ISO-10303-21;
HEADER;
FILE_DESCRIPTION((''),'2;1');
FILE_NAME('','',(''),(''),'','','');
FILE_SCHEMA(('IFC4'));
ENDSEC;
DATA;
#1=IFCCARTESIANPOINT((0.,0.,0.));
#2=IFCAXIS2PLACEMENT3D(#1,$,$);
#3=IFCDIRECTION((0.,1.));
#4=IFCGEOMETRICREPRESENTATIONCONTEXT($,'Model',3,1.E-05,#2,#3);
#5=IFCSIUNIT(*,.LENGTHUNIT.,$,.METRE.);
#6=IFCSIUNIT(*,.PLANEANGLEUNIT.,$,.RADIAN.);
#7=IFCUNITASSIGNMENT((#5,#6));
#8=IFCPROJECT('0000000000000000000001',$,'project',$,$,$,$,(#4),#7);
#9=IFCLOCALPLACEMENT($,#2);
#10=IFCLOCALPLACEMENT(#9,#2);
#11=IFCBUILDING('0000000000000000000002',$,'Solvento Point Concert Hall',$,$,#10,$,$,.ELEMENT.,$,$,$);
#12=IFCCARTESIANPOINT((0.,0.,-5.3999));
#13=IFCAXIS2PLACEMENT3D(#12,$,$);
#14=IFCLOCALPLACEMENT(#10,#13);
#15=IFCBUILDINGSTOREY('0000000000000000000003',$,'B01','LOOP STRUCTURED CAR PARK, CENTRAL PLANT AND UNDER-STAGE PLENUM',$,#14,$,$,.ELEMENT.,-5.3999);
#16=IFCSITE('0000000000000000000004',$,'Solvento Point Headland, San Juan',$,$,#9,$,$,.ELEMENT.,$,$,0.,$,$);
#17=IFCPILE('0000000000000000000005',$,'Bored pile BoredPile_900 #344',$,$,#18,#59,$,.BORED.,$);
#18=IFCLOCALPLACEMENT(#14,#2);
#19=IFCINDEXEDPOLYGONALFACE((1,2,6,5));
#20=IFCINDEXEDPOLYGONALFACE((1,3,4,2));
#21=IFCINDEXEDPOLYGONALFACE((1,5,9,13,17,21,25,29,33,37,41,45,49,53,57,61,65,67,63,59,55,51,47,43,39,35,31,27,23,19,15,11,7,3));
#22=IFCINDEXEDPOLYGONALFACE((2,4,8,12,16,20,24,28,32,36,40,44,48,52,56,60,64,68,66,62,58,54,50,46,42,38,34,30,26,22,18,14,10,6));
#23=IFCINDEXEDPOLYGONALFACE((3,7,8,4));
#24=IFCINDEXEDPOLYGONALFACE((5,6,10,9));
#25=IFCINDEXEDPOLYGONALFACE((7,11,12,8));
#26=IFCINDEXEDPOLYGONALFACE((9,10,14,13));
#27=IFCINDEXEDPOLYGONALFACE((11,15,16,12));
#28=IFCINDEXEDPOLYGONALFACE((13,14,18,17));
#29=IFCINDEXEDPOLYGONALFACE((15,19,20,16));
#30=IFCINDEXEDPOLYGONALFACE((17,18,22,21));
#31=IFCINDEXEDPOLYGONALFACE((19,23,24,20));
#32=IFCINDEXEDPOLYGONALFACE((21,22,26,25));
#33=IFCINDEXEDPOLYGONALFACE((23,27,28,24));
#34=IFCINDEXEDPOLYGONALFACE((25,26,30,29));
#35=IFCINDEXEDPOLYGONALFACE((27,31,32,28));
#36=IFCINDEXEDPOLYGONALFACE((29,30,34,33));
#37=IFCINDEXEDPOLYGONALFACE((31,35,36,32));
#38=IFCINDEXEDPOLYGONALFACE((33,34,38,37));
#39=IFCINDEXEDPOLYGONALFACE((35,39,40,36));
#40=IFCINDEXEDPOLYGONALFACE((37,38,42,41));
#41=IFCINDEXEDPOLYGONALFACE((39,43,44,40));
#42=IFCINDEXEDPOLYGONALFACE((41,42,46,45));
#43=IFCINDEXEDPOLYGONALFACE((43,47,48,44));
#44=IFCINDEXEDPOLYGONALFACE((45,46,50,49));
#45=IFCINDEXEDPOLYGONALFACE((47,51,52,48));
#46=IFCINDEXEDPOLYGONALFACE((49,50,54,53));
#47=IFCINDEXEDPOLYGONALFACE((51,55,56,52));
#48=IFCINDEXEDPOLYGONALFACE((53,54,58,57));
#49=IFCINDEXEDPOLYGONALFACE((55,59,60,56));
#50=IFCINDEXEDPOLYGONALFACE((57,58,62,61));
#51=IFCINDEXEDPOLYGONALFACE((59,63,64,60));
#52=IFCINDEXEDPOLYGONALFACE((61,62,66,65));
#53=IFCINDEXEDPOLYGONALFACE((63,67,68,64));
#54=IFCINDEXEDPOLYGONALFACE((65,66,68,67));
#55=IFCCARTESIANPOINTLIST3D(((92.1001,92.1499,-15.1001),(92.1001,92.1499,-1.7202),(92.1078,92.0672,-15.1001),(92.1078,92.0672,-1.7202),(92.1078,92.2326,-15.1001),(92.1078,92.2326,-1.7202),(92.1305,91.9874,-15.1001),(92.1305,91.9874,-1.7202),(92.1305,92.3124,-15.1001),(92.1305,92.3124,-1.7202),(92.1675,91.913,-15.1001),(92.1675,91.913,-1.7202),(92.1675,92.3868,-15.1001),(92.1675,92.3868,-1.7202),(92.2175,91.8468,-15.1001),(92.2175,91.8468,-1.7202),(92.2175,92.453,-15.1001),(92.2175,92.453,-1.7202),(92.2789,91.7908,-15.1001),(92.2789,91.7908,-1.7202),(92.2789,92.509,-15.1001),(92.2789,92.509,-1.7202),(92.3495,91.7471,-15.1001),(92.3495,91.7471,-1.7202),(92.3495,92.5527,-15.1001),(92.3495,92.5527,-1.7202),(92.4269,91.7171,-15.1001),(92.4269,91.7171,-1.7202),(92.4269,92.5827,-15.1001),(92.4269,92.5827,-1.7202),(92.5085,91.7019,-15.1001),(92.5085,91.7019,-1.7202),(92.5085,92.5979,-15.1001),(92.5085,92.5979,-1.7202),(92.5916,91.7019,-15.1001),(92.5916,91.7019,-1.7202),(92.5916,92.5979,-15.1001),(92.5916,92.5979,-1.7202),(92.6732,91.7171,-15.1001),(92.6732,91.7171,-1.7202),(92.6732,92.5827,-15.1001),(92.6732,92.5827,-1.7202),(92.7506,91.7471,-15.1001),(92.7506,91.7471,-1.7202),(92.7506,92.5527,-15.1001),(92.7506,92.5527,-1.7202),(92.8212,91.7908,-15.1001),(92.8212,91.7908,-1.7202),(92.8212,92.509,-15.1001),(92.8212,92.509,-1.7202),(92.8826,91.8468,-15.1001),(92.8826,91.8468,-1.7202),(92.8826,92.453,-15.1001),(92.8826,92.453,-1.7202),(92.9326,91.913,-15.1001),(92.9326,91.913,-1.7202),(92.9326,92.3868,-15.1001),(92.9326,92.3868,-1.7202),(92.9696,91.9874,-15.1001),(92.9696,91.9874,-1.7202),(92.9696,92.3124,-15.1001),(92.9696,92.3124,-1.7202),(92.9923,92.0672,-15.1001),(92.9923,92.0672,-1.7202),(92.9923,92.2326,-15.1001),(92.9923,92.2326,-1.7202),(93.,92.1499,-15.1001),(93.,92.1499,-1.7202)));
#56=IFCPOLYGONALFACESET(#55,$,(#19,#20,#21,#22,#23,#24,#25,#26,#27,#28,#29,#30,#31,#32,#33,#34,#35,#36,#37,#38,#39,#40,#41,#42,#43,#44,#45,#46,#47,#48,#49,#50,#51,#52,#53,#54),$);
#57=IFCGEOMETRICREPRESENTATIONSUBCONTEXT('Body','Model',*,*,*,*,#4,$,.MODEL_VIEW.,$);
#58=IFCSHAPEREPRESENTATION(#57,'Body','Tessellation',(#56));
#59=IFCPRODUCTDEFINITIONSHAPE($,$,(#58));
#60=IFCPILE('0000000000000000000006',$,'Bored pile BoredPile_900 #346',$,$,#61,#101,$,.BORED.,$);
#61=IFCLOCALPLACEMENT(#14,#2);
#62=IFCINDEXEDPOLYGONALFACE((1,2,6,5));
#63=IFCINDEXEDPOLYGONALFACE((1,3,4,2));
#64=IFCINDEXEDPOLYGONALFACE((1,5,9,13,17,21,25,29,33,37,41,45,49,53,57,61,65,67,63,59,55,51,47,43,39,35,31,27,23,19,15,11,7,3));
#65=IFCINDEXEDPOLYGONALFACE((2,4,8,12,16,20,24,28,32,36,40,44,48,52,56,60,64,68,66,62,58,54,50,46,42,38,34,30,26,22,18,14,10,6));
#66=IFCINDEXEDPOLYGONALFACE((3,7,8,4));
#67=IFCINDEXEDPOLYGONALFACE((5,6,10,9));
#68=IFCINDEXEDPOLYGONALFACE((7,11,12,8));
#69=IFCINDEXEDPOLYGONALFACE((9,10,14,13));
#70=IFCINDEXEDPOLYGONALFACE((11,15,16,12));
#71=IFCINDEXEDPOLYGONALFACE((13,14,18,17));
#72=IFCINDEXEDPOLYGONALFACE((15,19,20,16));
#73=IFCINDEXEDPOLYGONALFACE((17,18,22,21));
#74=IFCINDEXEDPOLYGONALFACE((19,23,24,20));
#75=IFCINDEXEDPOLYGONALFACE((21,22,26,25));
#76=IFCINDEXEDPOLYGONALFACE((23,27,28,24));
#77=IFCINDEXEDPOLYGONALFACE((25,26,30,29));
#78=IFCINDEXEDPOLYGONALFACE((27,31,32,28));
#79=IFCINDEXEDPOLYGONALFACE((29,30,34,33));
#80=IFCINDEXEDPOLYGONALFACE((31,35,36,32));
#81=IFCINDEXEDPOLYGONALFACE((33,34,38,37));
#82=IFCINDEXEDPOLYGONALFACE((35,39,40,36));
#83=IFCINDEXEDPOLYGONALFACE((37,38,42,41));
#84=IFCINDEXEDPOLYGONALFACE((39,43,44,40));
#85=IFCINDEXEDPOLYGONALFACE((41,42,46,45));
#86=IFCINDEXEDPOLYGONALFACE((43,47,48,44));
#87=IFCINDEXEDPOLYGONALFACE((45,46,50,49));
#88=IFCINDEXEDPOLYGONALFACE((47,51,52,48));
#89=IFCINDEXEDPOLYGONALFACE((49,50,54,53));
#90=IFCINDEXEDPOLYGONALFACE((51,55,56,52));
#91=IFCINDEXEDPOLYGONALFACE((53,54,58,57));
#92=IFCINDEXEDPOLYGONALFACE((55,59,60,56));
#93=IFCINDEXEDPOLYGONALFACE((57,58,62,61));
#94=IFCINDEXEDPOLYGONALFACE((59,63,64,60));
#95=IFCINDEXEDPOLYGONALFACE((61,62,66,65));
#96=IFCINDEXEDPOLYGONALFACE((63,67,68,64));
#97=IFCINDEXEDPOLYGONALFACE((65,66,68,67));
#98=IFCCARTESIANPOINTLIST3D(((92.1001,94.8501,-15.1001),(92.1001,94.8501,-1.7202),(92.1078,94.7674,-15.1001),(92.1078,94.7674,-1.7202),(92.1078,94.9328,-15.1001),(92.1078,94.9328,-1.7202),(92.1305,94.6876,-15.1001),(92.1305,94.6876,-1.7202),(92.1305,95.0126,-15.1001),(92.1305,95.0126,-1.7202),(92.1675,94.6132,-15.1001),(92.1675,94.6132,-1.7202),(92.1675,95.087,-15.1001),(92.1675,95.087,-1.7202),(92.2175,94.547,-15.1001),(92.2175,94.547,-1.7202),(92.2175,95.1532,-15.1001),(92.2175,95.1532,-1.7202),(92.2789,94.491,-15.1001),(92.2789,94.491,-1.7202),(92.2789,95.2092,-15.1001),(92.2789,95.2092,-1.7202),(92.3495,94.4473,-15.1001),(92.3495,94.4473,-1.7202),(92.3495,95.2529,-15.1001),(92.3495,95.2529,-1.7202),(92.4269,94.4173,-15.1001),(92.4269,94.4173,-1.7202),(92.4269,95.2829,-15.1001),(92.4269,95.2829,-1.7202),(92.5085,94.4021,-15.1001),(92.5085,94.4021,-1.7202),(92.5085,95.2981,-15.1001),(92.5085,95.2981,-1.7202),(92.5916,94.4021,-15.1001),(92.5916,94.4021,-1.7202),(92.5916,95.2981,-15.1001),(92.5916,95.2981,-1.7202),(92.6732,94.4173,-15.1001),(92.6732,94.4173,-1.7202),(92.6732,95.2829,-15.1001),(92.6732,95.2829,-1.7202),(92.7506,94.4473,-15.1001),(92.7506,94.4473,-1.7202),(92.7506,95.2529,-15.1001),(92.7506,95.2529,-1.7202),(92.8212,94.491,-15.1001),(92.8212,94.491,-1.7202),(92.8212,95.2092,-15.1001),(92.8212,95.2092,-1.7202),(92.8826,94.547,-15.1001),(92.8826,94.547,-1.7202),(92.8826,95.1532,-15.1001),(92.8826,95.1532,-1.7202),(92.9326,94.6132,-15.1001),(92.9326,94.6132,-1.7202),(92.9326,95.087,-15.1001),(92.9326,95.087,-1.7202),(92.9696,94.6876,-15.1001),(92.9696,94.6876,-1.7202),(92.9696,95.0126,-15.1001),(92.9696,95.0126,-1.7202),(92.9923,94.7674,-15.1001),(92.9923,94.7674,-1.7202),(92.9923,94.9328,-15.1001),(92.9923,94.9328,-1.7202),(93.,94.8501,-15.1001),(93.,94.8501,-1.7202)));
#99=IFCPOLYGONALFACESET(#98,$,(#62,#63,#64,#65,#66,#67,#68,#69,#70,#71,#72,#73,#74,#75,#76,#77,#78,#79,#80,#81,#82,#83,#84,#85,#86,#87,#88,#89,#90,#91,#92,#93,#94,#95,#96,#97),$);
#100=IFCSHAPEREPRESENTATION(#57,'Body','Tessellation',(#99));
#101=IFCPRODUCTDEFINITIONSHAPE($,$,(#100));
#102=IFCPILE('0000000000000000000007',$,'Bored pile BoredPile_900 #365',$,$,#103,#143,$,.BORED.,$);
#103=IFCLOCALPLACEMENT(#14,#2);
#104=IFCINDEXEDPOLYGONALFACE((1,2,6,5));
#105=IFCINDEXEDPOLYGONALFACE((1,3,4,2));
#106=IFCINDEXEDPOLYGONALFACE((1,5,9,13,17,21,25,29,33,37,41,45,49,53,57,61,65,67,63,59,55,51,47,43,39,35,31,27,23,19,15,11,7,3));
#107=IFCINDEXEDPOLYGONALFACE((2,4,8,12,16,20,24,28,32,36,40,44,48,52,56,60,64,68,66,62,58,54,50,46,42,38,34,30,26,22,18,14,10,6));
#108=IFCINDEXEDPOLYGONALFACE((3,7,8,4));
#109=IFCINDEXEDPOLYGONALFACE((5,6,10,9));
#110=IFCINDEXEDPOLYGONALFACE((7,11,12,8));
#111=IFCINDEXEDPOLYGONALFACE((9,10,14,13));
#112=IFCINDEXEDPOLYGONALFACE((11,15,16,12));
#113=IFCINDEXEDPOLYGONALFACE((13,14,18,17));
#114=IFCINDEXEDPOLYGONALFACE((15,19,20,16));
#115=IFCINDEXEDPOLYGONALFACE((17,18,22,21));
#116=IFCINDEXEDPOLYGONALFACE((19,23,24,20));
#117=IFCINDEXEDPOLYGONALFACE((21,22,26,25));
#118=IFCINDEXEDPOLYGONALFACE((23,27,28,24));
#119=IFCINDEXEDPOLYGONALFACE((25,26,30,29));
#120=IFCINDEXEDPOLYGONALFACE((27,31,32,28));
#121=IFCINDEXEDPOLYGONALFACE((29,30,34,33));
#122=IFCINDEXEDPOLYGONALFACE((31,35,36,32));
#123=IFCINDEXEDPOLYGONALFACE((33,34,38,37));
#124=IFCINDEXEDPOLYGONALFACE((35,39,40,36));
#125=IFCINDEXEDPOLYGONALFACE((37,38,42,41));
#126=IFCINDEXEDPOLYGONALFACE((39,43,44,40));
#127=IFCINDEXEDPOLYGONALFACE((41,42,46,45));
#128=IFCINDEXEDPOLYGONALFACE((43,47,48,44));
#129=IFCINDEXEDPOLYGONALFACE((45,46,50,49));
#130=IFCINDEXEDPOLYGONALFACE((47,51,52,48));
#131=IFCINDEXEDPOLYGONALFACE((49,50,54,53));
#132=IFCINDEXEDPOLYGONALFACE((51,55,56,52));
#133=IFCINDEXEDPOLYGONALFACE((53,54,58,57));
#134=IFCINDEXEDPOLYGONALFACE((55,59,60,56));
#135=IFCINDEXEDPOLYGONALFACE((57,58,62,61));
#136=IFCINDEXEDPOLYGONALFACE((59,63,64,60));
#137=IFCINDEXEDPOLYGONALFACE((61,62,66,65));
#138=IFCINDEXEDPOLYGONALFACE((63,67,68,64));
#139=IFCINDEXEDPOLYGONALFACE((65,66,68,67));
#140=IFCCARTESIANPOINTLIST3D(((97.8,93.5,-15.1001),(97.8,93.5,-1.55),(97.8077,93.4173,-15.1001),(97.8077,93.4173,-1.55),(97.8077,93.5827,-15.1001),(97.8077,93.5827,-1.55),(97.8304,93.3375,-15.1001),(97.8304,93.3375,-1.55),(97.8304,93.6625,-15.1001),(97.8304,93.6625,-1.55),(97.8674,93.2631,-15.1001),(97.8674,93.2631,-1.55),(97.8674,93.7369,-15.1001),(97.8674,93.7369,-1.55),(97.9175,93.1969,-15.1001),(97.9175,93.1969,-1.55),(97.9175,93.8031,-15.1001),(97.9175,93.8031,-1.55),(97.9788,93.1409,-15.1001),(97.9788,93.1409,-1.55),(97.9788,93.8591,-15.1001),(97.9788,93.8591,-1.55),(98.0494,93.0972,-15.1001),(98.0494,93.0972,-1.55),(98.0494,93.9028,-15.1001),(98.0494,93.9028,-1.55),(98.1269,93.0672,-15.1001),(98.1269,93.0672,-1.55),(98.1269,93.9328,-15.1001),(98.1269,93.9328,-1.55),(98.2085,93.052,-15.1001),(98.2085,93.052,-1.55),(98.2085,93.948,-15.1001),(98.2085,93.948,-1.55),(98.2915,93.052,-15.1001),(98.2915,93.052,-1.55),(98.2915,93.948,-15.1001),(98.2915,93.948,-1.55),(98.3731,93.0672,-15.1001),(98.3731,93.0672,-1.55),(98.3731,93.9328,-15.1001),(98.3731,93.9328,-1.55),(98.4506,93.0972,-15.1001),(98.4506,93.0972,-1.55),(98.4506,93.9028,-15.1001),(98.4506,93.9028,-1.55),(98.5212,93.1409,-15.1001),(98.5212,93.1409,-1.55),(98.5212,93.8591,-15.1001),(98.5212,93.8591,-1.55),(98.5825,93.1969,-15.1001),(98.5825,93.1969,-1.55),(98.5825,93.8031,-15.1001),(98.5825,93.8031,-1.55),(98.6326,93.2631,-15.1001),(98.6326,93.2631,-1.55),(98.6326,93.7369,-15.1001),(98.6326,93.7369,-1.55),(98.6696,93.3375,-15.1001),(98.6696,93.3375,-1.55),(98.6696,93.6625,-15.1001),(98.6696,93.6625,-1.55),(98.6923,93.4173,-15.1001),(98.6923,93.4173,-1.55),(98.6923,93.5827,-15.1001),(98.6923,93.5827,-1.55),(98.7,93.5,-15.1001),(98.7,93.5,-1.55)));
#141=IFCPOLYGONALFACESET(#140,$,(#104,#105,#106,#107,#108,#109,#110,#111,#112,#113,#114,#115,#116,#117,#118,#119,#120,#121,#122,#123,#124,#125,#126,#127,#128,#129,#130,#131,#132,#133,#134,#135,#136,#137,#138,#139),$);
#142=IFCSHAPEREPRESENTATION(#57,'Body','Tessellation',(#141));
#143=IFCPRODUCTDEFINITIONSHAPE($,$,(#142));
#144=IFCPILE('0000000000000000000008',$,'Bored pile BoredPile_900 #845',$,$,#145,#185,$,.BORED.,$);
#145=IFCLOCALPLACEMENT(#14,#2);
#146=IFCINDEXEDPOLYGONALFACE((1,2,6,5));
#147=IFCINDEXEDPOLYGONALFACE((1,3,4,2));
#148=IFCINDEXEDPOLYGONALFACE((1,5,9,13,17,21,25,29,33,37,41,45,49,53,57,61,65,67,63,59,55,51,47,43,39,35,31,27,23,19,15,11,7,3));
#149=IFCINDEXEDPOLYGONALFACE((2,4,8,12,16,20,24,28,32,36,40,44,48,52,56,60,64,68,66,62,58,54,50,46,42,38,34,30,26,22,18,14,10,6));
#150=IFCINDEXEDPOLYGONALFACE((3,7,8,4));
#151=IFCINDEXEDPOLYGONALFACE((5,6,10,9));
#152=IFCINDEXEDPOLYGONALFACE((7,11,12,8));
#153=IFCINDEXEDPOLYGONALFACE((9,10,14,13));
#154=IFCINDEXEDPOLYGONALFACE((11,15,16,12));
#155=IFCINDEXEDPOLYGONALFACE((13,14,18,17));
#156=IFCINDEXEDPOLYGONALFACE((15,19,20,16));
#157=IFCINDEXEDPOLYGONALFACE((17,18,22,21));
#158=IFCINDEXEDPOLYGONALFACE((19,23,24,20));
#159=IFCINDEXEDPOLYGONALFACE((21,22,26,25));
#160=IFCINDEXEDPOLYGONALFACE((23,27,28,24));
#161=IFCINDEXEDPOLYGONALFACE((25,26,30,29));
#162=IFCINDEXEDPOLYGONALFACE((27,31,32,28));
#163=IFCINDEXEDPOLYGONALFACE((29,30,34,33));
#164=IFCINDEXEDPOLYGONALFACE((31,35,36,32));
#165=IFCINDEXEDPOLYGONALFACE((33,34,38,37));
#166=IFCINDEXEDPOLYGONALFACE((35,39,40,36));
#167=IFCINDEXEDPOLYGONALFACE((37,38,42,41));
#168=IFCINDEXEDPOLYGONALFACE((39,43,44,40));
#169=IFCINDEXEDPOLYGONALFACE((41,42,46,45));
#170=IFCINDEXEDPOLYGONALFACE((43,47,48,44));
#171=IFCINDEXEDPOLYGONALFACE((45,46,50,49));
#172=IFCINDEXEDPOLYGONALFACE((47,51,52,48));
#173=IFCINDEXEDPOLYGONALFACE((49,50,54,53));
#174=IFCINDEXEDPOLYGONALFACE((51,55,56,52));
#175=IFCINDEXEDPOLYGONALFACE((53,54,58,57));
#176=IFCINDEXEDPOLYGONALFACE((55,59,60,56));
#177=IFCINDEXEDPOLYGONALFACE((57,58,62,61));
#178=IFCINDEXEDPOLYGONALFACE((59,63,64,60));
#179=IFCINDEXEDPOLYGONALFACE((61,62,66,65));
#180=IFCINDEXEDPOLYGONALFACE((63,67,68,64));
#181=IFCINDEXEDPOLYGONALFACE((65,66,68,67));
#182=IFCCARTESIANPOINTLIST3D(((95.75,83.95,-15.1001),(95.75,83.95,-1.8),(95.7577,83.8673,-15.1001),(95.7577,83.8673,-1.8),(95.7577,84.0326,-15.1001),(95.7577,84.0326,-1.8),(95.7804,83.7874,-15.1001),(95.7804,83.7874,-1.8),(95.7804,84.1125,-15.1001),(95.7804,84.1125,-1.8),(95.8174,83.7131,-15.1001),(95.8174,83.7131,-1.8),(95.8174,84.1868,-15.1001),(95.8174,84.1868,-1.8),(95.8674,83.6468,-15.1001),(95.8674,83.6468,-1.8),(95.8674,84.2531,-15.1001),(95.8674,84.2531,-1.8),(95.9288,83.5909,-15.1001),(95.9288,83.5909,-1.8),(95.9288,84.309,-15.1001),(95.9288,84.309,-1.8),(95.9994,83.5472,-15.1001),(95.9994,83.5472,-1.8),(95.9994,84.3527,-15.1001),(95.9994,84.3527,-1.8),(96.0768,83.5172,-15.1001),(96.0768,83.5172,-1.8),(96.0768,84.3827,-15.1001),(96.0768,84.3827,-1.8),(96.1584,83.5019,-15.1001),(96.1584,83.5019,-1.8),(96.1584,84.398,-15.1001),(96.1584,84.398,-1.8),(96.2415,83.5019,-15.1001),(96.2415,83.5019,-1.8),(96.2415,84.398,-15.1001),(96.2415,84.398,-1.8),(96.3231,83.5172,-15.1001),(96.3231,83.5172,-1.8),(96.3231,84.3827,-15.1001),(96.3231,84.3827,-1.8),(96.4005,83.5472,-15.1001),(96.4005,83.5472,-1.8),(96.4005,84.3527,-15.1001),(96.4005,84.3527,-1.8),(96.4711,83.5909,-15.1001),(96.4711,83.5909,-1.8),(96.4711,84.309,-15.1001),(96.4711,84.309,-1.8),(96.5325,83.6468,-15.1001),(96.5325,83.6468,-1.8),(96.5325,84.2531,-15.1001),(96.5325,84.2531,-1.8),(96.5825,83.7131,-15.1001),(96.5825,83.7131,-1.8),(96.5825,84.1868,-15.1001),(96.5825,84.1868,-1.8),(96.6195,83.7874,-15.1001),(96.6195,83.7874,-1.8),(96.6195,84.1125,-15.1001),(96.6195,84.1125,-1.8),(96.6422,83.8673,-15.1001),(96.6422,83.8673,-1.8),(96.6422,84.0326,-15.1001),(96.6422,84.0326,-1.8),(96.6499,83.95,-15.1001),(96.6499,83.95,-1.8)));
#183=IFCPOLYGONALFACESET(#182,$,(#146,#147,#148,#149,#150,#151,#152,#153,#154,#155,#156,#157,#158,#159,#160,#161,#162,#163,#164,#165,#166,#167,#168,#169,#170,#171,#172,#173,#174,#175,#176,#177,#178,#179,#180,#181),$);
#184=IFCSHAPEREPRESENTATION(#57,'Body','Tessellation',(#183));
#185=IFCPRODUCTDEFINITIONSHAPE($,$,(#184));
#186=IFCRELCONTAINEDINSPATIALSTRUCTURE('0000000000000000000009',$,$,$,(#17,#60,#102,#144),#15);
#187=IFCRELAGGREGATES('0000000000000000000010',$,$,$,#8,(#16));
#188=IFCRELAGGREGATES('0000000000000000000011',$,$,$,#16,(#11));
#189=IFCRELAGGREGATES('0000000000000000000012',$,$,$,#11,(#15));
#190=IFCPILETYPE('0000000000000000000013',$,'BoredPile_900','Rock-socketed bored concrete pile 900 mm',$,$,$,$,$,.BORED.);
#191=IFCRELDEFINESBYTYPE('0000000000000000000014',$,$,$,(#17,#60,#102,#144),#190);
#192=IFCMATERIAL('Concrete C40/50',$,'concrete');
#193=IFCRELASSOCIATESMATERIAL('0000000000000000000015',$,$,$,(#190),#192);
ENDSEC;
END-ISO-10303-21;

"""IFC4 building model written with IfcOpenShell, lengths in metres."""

from ifc_helpers import new_model, si_unit, direction, frame, origin, origin_2d, place, context, subcontext, project, spatial, circle, extrude, material, material_profile, profile_set, type_object, element, save


model = new_model("IFC4")

# Units and contexts
model_context = context("Model", 3, precision=1e-05, world=origin(), true_north=direction((0.0, 1.0)))
body_context = subcontext(model_context, "Body", "Model", "MODEL_VIEW")
ifc_project = project(units=[si_unit("LENGTHUNIT", "METRE"), si_unit("PLANEANGLEUNIT", "RADIAN")], contexts=[model_context])

# Site, building, storey
site_placement = place(None, origin())
site = spatial("IfcSite", under=ifc_project, at=site_placement, Name="Solvento Point Headland, San Juan", CompositionType="ELEMENT", RefElevation=0.0)
building_placement = place(site_placement, origin())
building = spatial("IfcBuilding", under=site, at=building_placement, Name="Solvento Point Concert Hall", CompositionType="ELEMENT")
storey_placement = place(building_placement, frame((0.0, 0.0, -5.3999)))
storey = spatial("IfcBuildingStorey", under=building, at=storey_placement, Name="B01", Description="LOOP STRUCTURED CAR PARK, CENTRAL PLANT AND UNDER-STAGE PLENUM", CompositionType="ELEMENT", Elevation=-5.3999)

# Piles
ifc_material_1 = material(Name="Concrete C40/50", Category="concrete")
ifc_material_profile_1 = material_profile(ifc_material_1, circle(Radius=0.45, at=origin_2d()), Name="BP-900")
ifc_profile_set_1 = profile_set([ifc_material_profile_1], Name="Concrete C40/50")
pile_type = type_object("IfcPileType", Name="BoredPile_900", Description="Rock-socketed bored concrete pile 900 mm", PredefinedType="BORED", material=ifc_profile_set_1)
for number, where, z_axis, x_axis, name in (
    (1, (92.55, 92.1499, -1.7202), (0.0, 0.0, -1.0), (1.0, 0.0, 0.0), "Bored pile BoredPile_900 #344"),
    (2, (92.55, 94.8501, -1.7202), (0.0, 0.0, -1.0), (1.0, 0.0, 0.0), "Bored pile BoredPile_900 #346"),
):
    element("IfcPile", number, at=place(storey_placement, frame(where, z_axis=z_axis, x_axis=x_axis)), inside=storey, type_object=pile_type, Name=name, PredefinedType="BORED", context=body_context, shape_type="SweptSolid", body=[
        extrude(circle(Radius=0.45, at=origin_2d()), origin(), (0.0, 0.0, 1.0), 13.3799),
    ])
pile_placement = place(storey_placement, frame((98.25, 93.5, -1.55), z_axis=(0.0, 0.0, -1.0), x_axis=(1.0, 0.0, 0.0)))
element("IfcPile", 3, at=pile_placement, inside=storey, type_object=pile_type, Name="Bored pile BoredPile_900 #365", PredefinedType="BORED", context=body_context, shape_type="SweptSolid", body=[
    extrude(circle(Radius=0.45, at=origin_2d()), origin(), (0.0, 0.0, 1.0), 13.55),
])
for number, where, z_axis, x_axis, name in (
    (4, (96.2, 83.95, -1.8), (0.0, 0.0, -1.0), (1.0, 0.0, 0.0), "Bored pile BoredPile_900 #845"),
):
    element("IfcPile", number, at=place(storey_placement, frame(where, z_axis=z_axis, x_axis=x_axis)), inside=storey, type_object=pile_type, Name=name, PredefinedType="BORED", context=body_context, shape_type="SweptSolid", body=[
        extrude(circle(Radius=0.45, at=origin_2d()), origin(), (0.0, 0.0, 1.0), 13.3),
    ])

save(model, "model.ifc")
